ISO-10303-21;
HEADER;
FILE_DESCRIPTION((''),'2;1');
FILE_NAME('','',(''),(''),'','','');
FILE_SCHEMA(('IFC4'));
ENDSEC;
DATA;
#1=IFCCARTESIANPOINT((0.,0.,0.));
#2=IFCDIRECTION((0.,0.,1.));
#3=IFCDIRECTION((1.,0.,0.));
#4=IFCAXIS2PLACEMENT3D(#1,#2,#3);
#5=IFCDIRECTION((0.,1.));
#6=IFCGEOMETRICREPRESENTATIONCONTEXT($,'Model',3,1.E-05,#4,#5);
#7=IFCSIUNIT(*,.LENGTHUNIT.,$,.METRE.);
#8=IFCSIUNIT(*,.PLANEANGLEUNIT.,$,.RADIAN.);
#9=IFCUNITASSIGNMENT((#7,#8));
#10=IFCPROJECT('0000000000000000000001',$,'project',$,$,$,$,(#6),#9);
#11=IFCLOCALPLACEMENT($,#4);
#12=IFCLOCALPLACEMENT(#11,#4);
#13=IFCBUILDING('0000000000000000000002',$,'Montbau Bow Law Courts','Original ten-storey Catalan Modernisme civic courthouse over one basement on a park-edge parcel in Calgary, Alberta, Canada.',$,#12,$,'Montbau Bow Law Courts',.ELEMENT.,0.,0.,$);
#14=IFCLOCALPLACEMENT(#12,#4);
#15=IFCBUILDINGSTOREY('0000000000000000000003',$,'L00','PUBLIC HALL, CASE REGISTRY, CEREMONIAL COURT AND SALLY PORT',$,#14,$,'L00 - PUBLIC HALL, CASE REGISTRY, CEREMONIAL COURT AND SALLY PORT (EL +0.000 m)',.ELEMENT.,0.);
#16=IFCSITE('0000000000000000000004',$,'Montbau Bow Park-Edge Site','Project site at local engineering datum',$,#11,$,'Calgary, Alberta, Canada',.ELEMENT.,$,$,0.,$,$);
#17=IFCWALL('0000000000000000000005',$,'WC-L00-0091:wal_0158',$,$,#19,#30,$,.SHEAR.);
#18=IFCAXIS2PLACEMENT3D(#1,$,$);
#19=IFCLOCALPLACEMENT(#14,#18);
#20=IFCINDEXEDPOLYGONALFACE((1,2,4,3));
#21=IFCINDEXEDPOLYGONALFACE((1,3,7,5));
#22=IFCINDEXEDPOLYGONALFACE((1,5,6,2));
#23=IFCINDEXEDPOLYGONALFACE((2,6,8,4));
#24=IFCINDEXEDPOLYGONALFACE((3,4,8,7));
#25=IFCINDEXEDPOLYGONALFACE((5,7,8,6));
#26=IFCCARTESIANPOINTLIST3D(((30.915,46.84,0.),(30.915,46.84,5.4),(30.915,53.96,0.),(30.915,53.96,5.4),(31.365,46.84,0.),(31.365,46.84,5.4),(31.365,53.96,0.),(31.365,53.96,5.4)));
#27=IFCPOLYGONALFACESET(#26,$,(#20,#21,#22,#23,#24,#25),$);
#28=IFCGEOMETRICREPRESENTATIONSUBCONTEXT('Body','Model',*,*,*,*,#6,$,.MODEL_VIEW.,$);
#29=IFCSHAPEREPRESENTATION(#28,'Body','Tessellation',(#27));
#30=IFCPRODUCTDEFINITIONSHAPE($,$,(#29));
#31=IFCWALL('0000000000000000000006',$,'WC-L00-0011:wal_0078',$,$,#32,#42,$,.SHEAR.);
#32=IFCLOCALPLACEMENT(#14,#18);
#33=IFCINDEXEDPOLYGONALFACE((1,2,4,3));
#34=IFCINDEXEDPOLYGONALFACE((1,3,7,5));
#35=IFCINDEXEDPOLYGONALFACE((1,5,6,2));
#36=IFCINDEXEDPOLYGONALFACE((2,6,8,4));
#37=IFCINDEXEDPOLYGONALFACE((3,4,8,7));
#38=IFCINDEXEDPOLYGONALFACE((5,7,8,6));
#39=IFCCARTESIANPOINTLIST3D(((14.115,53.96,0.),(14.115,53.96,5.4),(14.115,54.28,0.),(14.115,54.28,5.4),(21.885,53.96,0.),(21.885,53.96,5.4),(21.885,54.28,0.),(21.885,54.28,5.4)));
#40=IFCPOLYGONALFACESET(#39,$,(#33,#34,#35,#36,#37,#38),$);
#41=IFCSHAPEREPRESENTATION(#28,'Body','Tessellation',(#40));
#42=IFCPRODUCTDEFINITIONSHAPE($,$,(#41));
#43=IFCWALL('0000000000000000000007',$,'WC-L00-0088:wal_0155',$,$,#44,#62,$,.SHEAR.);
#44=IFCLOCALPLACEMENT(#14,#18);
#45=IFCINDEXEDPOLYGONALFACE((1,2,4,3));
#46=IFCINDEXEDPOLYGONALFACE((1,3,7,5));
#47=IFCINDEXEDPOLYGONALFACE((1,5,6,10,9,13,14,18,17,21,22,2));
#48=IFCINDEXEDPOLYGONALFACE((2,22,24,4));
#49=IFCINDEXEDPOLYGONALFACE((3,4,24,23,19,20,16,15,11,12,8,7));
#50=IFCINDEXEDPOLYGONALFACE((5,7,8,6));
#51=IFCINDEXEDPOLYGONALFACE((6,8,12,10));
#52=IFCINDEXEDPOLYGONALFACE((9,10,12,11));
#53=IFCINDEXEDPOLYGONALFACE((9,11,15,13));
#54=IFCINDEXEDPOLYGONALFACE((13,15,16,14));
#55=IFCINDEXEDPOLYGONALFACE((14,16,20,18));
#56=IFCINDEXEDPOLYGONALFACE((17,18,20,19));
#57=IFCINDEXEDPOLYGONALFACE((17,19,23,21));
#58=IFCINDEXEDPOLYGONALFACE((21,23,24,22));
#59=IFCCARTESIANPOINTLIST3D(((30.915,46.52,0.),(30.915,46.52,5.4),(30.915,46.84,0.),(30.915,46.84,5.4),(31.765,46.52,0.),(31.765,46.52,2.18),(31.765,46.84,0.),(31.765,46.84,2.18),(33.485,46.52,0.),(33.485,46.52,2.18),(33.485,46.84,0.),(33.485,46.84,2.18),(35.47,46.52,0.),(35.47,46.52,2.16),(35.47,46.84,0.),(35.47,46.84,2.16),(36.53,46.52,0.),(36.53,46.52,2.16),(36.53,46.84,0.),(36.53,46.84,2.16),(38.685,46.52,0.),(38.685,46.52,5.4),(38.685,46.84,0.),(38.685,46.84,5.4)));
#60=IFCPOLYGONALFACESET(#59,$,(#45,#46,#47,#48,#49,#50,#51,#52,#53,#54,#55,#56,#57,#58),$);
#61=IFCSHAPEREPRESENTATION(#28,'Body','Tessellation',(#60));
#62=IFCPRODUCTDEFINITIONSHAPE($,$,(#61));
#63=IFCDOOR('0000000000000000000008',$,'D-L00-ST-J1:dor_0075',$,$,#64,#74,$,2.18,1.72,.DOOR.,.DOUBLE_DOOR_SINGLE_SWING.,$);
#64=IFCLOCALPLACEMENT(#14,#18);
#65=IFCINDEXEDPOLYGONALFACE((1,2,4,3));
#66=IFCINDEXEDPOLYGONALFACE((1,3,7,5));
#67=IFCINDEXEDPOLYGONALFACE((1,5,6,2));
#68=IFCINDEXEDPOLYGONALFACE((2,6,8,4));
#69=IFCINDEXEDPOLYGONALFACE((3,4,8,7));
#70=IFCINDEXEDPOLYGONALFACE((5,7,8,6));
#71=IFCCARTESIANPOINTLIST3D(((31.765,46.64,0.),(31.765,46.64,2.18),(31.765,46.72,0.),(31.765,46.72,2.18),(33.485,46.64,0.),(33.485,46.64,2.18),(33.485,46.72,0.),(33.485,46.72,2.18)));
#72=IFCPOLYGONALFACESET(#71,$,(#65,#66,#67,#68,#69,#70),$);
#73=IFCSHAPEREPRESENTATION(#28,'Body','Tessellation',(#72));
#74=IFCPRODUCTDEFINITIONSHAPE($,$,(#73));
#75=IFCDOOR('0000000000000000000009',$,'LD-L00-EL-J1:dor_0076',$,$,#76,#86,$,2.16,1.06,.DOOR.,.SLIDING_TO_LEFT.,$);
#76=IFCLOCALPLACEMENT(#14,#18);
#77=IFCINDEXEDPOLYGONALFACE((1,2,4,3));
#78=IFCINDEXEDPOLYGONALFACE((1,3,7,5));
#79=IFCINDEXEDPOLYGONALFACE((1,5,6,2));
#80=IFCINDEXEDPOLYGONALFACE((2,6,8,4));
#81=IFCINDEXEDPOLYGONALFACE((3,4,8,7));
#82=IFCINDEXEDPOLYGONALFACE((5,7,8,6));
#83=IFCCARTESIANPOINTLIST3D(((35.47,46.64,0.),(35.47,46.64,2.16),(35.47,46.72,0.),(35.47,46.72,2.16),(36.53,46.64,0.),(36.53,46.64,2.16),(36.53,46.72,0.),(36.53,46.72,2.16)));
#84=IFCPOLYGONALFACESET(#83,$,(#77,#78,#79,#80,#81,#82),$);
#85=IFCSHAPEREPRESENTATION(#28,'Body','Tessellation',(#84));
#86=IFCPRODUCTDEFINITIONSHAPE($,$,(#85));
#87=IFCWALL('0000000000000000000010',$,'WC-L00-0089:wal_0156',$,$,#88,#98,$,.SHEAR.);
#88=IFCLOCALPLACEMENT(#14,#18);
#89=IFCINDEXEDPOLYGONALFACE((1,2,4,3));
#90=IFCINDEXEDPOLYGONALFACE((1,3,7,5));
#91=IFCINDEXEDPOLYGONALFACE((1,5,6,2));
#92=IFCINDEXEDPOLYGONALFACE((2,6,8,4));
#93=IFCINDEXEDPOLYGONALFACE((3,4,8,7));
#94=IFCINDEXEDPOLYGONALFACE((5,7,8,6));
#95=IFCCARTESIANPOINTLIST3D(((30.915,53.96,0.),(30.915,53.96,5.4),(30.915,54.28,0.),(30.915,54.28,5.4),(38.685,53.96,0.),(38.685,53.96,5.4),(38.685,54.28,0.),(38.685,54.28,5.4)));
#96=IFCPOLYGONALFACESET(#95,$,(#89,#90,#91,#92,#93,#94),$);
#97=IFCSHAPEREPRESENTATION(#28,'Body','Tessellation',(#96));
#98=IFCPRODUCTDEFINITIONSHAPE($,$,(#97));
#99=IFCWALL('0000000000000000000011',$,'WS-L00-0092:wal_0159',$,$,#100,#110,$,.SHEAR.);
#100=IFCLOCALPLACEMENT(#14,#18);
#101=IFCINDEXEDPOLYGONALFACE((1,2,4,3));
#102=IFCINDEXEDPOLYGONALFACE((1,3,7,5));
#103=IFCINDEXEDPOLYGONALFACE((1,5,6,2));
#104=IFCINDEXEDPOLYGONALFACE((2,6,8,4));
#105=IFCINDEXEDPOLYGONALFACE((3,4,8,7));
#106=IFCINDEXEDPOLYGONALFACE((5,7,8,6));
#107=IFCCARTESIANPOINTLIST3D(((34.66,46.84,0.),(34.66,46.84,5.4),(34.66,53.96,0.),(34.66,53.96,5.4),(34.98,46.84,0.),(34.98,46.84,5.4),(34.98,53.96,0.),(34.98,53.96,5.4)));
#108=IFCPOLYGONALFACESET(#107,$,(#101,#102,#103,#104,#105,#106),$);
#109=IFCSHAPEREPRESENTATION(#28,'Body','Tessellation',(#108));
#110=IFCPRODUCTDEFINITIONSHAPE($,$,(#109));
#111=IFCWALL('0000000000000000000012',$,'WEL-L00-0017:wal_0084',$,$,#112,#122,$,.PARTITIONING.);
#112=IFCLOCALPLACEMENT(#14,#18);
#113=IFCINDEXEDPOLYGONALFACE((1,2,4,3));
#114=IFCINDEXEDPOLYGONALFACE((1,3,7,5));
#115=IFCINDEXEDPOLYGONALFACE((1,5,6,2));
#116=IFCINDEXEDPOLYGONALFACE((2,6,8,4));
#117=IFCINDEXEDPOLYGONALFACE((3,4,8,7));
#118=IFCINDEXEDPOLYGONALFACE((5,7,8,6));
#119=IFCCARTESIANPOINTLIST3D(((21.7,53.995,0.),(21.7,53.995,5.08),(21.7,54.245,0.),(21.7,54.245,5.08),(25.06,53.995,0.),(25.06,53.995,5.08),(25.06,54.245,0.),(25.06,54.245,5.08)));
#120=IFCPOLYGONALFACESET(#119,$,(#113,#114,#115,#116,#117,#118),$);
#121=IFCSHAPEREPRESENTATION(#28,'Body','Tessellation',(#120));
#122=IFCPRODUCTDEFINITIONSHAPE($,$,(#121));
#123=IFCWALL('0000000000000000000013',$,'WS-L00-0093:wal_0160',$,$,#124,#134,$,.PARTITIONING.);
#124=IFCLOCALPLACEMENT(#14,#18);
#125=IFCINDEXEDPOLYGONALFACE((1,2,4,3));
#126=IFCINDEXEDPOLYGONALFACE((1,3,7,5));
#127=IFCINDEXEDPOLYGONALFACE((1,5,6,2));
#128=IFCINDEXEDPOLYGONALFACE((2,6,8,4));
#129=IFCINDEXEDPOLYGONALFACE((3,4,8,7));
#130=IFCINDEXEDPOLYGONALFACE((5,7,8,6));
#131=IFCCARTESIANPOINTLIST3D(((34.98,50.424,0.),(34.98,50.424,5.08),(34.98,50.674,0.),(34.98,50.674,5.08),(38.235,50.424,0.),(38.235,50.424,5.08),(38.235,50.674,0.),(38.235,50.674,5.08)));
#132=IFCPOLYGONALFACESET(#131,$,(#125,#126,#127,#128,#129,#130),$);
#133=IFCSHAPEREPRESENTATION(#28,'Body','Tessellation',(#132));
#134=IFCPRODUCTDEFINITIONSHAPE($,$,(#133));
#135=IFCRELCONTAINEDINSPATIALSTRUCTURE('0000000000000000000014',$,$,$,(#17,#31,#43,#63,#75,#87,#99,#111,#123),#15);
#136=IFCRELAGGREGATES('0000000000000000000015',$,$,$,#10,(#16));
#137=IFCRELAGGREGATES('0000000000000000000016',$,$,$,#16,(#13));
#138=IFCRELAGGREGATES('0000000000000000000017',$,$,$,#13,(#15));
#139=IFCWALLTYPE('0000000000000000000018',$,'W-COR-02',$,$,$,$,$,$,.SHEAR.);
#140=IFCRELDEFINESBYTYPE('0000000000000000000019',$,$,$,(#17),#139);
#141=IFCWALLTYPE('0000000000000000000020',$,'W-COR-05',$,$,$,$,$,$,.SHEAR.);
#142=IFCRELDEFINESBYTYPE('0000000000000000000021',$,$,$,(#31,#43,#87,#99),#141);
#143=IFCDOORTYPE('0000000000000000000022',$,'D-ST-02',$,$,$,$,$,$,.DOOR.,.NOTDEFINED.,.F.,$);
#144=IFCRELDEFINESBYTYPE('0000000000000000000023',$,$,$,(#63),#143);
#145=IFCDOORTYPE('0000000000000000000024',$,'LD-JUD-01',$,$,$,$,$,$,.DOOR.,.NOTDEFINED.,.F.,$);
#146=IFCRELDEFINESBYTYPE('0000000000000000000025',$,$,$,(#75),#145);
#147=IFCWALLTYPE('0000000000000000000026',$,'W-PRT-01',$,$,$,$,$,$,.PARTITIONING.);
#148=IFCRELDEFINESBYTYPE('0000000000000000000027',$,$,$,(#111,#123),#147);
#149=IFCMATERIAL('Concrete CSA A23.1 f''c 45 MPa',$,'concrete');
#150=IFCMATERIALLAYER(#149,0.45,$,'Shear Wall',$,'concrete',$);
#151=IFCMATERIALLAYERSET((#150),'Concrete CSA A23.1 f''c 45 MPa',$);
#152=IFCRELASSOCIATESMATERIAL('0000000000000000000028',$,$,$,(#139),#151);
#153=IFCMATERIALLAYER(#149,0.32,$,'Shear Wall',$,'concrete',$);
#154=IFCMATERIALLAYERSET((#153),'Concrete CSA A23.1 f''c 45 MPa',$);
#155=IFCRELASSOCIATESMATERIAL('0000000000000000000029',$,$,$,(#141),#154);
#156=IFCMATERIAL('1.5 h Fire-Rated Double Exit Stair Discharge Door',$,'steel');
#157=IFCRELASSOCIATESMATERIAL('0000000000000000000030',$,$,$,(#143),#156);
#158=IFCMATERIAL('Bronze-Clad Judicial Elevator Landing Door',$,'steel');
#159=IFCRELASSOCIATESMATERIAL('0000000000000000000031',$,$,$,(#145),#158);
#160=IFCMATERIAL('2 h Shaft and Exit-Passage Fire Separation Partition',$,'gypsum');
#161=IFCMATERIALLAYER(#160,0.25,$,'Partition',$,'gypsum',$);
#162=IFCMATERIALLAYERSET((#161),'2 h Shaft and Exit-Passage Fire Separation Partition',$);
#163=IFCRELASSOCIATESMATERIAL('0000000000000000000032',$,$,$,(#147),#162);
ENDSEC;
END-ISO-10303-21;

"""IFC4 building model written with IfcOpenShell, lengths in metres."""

from ifc_helpers import new_model, si_unit, direction, frame, frame_2d, origin_with_axes, place, context, subcontext, project, spatial, rectangle, extrude, material, layer, layer_set, type_object, element, fill, save


model = new_model("IFC4")

# Units and contexts
model_context = context("Model", 3, precision=1e-05, world=origin_with_axes(), true_north=direction((0.0, 1.0)))
body_context = subcontext(model_context, "Body", "Model", "MODEL_VIEW")
ifc_project = project(units=[si_unit("LENGTHUNIT", "METRE"), si_unit("PLANEANGLEUNIT", "RADIAN")], contexts=[model_context])

# Site, building, storey
site_placement = place(None, origin_with_axes())
site = spatial("IfcSite", under=ifc_project, at=site_placement, Name="Montbau Bow Park-Edge Site", Description="Project site at local engineering datum", LongName="Calgary, Alberta, Canada", CompositionType="ELEMENT", RefElevation=0.0)
building_placement = place(site_placement, origin_with_axes())
building = spatial("IfcBuilding", under=site, at=building_placement, Name="Montbau Bow Law Courts", Description="Original ten-storey Catalan Modernisme civic courthouse over one basement on a park-edge parcel in Calgary, Alberta, Canada.", LongName="Montbau Bow Law Courts", CompositionType="ELEMENT", ElevationOfRefHeight=0.0, ElevationOfTerrain=0.0)
storey_placement = place(building_placement, origin_with_axes())
storey = spatial("IfcBuildingStorey", under=building, at=storey_placement, Name="L00", Description="PUBLIC HALL, CASE REGISTRY, CEREMONIAL COURT AND SALLY PORT", LongName="L00 - PUBLIC HALL, CASE REGISTRY, CEREMONIAL COURT AND SALLY PORT (EL +0.000 m)", CompositionType="ELEMENT", Elevation=0.0)

# Shared definitions
ifc_material_1 = material(Name="Concrete CSA A23.1 f'c 45 MPa", Category="concrete")
ifc_layer_1 = layer(ifc_material_1, 0.45, Name="Shear Wall", Category="concrete")
ifc_layer_set_1 = layer_set([ifc_layer_1], Name="Concrete CSA A23.1 f'c 45 MPa")
wall_type_1 = type_object("IfcWallType", Name="W-COR-02", PredefinedType="SHEAR", material=ifc_layer_set_1)

# Walls
for number, where, z_axis, x_axis, name in (
    (1, (31.14, 53.96, 0.0), (0.0, 0.0, 1.0), (0.0, -1.0, 0.0), "WC-L00-0091:wal_0158"),
):
    element("IfcWall", number, at=place(None, frame(where, z_axis=z_axis, x_axis=x_axis)), inside=storey, type_object=wall_type_1, Name=name, PredefinedType="SHEAR", context=body_context, shape_type="SweptSolid", body=[
        extrude(rectangle(XDim=7.12, YDim=0.45, at=frame_2d((3.56, 0.0), x_axis=(1.0, 0.0))), origin_with_axes(), (0.0, 0.0, 1.0), 5.4),
    ])
ifc_layer_2 = layer(ifc_material_1, 0.32, Name="Shear Wall", Category="concrete")
ifc_layer_set_2 = layer_set([ifc_layer_2], Name="Concrete CSA A23.1 f'c 45 MPa")
wall_type_2 = type_object("IfcWallType", Name="W-COR-05", PredefinedType="SHEAR", material=ifc_layer_set_2)
wall_1_placement = place(None, frame((21.885, 54.12, 0.0), z_axis=(0.0, 0.0, 1.0), x_axis=(-1.0, 0.0, 0.0)))
element("IfcWall", 2, at=wall_1_placement, inside=storey, type_object=wall_type_2, Name="WC-L00-0011:wal_0078", PredefinedType="SHEAR", context=body_context, shape_type="SweptSolid", body=[
    extrude(rectangle(XDim=7.77, YDim=0.32, at=frame_2d((3.885, 0.0), x_axis=(1.0, 0.0))), origin_with_axes(), (0.0, 0.0, 1.0), 5.4),
])

# Wall, openings, doors
wall_2_placement = place(None, frame((30.915, 46.68, 0.0), z_axis=(0.0, 0.0, 1.0), x_axis=(1.0, 0.0, 0.0)))
wall_2 = element("IfcWall", 3, at=wall_2_placement, inside=storey, type_object=wall_type_2, Name="WC-L00-0088:wal_0155", PredefinedType="SHEAR", context=body_context, shape_type="SweptSolid", body=[
    extrude(rectangle(XDim=7.77, YDim=0.32, at=frame_2d((3.885, 0.0), x_axis=(1.0, 0.0))), origin_with_axes(), (0.0, 0.0, 1.0), 5.4),
])
opening_1_placement = place(None, frame((32.625, 46.68, 0.0), z_axis=(0.0, 0.0, 1.0), x_axis=(1.0, 0.0, 0.0)))
opening_1 = element("IfcOpeningElement", 4, at=opening_1_placement, cuts=wall_2, PredefinedType="OPENING", context=body_context, shape_type="SweptSolid", body=[
    extrude(rectangle(XDim=1.72, YDim=2.18, at=frame_2d((0.0, 1.09), x_axis=(1.0, 0.0))), frame((0.0, 0.17, 0.0), z_axis=(0.0, -1.0, 0.0), x_axis=(1.0, 0.0, 0.0)), (0.0, 0.0, 1.0), 0.34),
])
opening_2_placement = place(None, frame((36.0, 46.68, 0.0), z_axis=(0.0, 0.0, 1.0), x_axis=(1.0, 0.0, 0.0)))
opening_2 = element("IfcOpeningElement", 5, at=opening_2_placement, cuts=wall_2, PredefinedType="OPENING", context=body_context, shape_type="SweptSolid", body=[
    extrude(rectangle(XDim=1.06, YDim=2.16, at=frame_2d((0.0, 1.08), x_axis=(1.0, 0.0))), frame((0.0, 0.17, 0.0), z_axis=(0.0, -1.0, 0.0), x_axis=(1.0, 0.0, 0.0)), (0.0, 0.0, 1.0), 0.34),
])
ifc_material_2 = material(Name="1.5 h Fire-Rated Double Exit Stair Discharge Door", Category="steel")
door_type_1 = type_object("IfcDoorType", Name="D-ST-02", OperationType="NOTDEFINED", ParameterTakesPrecedence=False, PredefinedType="DOOR", material=ifc_material_2)
door_1_placement = place(None, frame((32.625, 46.68, 0.0), z_axis=(0.0, 0.0, 1.0), x_axis=(-1.0, 0.0, 0.0)))
door_1 = element("IfcDoor", 6, at=door_1_placement, inside=storey, type_object=door_type_1, Name="D-L00-ST-J1:dor_0075", OperationType="DOUBLE_DOOR_SINGLE_SWING", OverallHeight=2.18, OverallWidth=1.72, PredefinedType="DOOR", context=body_context, shape_type="SweptSolid", body=[
    extrude(rectangle(XDim=1.72, YDim=2.18, at=frame_2d((0.0, 1.09), x_axis=(1.0, 0.0))), frame((0.0, 0.04, 0.0), z_axis=(0.0, -1.0, 0.0), x_axis=(1.0, 0.0, 0.0)), (0.0, 0.0, 1.0), 0.08),
])
fill(opening_1, door_1)
ifc_material_3 = material(Name="Bronze-Clad Judicial Elevator Landing Door", Category="steel")
door_type_2 = type_object("IfcDoorType", Name="LD-JUD-01", OperationType="NOTDEFINED", ParameterTakesPrecedence=False, PredefinedType="DOOR", material=ifc_material_3)
door_2_placement = place(None, frame((36.0, 46.68, 0.0), z_axis=(0.0, 0.0, 1.0), x_axis=(-1.0, 0.0, 0.0)))
door_2 = element("IfcDoor", 7, at=door_2_placement, inside=storey, type_object=door_type_2, Name="LD-L00-EL-J1:dor_0076", OperationType="SLIDING_TO_LEFT", OverallHeight=2.16, OverallWidth=1.06, PredefinedType="DOOR", context=body_context, shape_type="SweptSolid", body=[
    extrude(rectangle(XDim=1.06, YDim=2.16, at=frame_2d((0.0, 1.08), x_axis=(1.0, 0.0))), frame((0.0, 0.04, 0.0), z_axis=(0.0, -1.0, 0.0), x_axis=(1.0, 0.0, 0.0)), (0.0, 0.0, 1.0), 0.08),
])
fill(opening_2, door_2)

# Walls
wall_3_placement = place(None, frame((38.685, 54.12, 0.0), z_axis=(0.0, 0.0, 1.0), x_axis=(-1.0, 0.0, 0.0)))
element("IfcWall", 8, at=wall_3_placement, inside=storey, type_object=wall_type_2, Name="WC-L00-0089:wal_0156", PredefinedType="SHEAR", context=body_context, shape_type="SweptSolid", body=[
    extrude(rectangle(XDim=7.77, YDim=0.32, at=frame_2d((3.885, 0.0), x_axis=(1.0, 0.0))), origin_with_axes(), (0.0, 0.0, 1.0), 5.4),
])
wall_4_placement = place(None, frame((34.82, 46.84, 0.0), z_axis=(0.0, 0.0, 1.0), x_axis=(0.0, 1.0, 0.0)))
element("IfcWall", 9, at=wall_4_placement, inside=storey, type_object=wall_type_2, Name="WS-L00-0092:wal_0159", PredefinedType="SHEAR", context=body_context, shape_type="SweptSolid", body=[
    extrude(rectangle(XDim=7.12, YDim=0.32, at=frame_2d((3.56, 0.0), x_axis=(1.0, 0.0))), origin_with_axes(), (0.0, 0.0, 1.0), 5.4),
])
ifc_material_4 = material(Name="2 h Shaft and Exit-Passage Fire Separation Partition", Category="gypsum")
ifc_layer_3 = layer(ifc_material_4, 0.25, Name="Partition", Category="gypsum")
ifc_layer_set_3 = layer_set([ifc_layer_3], Name="2 h Shaft and Exit-Passage Fire Separation Partition")
wall_type_3 = type_object("IfcWallType", Name="W-PRT-01", PredefinedType="PARTITIONING", material=ifc_layer_set_3)
wall_5_placement = place(None, frame((21.7, 54.12, 0.0), z_axis=(0.0, 0.0, 1.0), x_axis=(1.0, 0.0, 0.0)))
element("IfcWall", 10, at=wall_5_placement, inside=storey, type_object=wall_type_3, Name="WEL-L00-0017:wal_0084", PredefinedType="PARTITIONING", context=body_context, shape_type="SweptSolid", body=[
    extrude(rectangle(XDim=3.36, YDim=0.25, at=frame_2d((1.68, 0.0), x_axis=(1.0, 0.0))), origin_with_axes(), (0.0, 0.0, 1.0), 5.08),
])
wall_6_placement = place(None, frame((34.98, 50.549, 0.0), z_axis=(0.0, 0.0, 1.0), x_axis=(1.0, 0.0, 0.0)))
element("IfcWall", 11, at=wall_6_placement, inside=storey, type_object=wall_type_3, Name="WS-L00-0093:wal_0160", PredefinedType="PARTITIONING", context=body_context, shape_type="SweptSolid", body=[
    extrude(rectangle(XDim=3.255, YDim=0.25, at=frame_2d((1.6275, 0.0), x_axis=(1.0, 0.0))), origin_with_axes(), (0.0, 0.0, 1.0), 5.08),
])

save(model, "model.ifc")
